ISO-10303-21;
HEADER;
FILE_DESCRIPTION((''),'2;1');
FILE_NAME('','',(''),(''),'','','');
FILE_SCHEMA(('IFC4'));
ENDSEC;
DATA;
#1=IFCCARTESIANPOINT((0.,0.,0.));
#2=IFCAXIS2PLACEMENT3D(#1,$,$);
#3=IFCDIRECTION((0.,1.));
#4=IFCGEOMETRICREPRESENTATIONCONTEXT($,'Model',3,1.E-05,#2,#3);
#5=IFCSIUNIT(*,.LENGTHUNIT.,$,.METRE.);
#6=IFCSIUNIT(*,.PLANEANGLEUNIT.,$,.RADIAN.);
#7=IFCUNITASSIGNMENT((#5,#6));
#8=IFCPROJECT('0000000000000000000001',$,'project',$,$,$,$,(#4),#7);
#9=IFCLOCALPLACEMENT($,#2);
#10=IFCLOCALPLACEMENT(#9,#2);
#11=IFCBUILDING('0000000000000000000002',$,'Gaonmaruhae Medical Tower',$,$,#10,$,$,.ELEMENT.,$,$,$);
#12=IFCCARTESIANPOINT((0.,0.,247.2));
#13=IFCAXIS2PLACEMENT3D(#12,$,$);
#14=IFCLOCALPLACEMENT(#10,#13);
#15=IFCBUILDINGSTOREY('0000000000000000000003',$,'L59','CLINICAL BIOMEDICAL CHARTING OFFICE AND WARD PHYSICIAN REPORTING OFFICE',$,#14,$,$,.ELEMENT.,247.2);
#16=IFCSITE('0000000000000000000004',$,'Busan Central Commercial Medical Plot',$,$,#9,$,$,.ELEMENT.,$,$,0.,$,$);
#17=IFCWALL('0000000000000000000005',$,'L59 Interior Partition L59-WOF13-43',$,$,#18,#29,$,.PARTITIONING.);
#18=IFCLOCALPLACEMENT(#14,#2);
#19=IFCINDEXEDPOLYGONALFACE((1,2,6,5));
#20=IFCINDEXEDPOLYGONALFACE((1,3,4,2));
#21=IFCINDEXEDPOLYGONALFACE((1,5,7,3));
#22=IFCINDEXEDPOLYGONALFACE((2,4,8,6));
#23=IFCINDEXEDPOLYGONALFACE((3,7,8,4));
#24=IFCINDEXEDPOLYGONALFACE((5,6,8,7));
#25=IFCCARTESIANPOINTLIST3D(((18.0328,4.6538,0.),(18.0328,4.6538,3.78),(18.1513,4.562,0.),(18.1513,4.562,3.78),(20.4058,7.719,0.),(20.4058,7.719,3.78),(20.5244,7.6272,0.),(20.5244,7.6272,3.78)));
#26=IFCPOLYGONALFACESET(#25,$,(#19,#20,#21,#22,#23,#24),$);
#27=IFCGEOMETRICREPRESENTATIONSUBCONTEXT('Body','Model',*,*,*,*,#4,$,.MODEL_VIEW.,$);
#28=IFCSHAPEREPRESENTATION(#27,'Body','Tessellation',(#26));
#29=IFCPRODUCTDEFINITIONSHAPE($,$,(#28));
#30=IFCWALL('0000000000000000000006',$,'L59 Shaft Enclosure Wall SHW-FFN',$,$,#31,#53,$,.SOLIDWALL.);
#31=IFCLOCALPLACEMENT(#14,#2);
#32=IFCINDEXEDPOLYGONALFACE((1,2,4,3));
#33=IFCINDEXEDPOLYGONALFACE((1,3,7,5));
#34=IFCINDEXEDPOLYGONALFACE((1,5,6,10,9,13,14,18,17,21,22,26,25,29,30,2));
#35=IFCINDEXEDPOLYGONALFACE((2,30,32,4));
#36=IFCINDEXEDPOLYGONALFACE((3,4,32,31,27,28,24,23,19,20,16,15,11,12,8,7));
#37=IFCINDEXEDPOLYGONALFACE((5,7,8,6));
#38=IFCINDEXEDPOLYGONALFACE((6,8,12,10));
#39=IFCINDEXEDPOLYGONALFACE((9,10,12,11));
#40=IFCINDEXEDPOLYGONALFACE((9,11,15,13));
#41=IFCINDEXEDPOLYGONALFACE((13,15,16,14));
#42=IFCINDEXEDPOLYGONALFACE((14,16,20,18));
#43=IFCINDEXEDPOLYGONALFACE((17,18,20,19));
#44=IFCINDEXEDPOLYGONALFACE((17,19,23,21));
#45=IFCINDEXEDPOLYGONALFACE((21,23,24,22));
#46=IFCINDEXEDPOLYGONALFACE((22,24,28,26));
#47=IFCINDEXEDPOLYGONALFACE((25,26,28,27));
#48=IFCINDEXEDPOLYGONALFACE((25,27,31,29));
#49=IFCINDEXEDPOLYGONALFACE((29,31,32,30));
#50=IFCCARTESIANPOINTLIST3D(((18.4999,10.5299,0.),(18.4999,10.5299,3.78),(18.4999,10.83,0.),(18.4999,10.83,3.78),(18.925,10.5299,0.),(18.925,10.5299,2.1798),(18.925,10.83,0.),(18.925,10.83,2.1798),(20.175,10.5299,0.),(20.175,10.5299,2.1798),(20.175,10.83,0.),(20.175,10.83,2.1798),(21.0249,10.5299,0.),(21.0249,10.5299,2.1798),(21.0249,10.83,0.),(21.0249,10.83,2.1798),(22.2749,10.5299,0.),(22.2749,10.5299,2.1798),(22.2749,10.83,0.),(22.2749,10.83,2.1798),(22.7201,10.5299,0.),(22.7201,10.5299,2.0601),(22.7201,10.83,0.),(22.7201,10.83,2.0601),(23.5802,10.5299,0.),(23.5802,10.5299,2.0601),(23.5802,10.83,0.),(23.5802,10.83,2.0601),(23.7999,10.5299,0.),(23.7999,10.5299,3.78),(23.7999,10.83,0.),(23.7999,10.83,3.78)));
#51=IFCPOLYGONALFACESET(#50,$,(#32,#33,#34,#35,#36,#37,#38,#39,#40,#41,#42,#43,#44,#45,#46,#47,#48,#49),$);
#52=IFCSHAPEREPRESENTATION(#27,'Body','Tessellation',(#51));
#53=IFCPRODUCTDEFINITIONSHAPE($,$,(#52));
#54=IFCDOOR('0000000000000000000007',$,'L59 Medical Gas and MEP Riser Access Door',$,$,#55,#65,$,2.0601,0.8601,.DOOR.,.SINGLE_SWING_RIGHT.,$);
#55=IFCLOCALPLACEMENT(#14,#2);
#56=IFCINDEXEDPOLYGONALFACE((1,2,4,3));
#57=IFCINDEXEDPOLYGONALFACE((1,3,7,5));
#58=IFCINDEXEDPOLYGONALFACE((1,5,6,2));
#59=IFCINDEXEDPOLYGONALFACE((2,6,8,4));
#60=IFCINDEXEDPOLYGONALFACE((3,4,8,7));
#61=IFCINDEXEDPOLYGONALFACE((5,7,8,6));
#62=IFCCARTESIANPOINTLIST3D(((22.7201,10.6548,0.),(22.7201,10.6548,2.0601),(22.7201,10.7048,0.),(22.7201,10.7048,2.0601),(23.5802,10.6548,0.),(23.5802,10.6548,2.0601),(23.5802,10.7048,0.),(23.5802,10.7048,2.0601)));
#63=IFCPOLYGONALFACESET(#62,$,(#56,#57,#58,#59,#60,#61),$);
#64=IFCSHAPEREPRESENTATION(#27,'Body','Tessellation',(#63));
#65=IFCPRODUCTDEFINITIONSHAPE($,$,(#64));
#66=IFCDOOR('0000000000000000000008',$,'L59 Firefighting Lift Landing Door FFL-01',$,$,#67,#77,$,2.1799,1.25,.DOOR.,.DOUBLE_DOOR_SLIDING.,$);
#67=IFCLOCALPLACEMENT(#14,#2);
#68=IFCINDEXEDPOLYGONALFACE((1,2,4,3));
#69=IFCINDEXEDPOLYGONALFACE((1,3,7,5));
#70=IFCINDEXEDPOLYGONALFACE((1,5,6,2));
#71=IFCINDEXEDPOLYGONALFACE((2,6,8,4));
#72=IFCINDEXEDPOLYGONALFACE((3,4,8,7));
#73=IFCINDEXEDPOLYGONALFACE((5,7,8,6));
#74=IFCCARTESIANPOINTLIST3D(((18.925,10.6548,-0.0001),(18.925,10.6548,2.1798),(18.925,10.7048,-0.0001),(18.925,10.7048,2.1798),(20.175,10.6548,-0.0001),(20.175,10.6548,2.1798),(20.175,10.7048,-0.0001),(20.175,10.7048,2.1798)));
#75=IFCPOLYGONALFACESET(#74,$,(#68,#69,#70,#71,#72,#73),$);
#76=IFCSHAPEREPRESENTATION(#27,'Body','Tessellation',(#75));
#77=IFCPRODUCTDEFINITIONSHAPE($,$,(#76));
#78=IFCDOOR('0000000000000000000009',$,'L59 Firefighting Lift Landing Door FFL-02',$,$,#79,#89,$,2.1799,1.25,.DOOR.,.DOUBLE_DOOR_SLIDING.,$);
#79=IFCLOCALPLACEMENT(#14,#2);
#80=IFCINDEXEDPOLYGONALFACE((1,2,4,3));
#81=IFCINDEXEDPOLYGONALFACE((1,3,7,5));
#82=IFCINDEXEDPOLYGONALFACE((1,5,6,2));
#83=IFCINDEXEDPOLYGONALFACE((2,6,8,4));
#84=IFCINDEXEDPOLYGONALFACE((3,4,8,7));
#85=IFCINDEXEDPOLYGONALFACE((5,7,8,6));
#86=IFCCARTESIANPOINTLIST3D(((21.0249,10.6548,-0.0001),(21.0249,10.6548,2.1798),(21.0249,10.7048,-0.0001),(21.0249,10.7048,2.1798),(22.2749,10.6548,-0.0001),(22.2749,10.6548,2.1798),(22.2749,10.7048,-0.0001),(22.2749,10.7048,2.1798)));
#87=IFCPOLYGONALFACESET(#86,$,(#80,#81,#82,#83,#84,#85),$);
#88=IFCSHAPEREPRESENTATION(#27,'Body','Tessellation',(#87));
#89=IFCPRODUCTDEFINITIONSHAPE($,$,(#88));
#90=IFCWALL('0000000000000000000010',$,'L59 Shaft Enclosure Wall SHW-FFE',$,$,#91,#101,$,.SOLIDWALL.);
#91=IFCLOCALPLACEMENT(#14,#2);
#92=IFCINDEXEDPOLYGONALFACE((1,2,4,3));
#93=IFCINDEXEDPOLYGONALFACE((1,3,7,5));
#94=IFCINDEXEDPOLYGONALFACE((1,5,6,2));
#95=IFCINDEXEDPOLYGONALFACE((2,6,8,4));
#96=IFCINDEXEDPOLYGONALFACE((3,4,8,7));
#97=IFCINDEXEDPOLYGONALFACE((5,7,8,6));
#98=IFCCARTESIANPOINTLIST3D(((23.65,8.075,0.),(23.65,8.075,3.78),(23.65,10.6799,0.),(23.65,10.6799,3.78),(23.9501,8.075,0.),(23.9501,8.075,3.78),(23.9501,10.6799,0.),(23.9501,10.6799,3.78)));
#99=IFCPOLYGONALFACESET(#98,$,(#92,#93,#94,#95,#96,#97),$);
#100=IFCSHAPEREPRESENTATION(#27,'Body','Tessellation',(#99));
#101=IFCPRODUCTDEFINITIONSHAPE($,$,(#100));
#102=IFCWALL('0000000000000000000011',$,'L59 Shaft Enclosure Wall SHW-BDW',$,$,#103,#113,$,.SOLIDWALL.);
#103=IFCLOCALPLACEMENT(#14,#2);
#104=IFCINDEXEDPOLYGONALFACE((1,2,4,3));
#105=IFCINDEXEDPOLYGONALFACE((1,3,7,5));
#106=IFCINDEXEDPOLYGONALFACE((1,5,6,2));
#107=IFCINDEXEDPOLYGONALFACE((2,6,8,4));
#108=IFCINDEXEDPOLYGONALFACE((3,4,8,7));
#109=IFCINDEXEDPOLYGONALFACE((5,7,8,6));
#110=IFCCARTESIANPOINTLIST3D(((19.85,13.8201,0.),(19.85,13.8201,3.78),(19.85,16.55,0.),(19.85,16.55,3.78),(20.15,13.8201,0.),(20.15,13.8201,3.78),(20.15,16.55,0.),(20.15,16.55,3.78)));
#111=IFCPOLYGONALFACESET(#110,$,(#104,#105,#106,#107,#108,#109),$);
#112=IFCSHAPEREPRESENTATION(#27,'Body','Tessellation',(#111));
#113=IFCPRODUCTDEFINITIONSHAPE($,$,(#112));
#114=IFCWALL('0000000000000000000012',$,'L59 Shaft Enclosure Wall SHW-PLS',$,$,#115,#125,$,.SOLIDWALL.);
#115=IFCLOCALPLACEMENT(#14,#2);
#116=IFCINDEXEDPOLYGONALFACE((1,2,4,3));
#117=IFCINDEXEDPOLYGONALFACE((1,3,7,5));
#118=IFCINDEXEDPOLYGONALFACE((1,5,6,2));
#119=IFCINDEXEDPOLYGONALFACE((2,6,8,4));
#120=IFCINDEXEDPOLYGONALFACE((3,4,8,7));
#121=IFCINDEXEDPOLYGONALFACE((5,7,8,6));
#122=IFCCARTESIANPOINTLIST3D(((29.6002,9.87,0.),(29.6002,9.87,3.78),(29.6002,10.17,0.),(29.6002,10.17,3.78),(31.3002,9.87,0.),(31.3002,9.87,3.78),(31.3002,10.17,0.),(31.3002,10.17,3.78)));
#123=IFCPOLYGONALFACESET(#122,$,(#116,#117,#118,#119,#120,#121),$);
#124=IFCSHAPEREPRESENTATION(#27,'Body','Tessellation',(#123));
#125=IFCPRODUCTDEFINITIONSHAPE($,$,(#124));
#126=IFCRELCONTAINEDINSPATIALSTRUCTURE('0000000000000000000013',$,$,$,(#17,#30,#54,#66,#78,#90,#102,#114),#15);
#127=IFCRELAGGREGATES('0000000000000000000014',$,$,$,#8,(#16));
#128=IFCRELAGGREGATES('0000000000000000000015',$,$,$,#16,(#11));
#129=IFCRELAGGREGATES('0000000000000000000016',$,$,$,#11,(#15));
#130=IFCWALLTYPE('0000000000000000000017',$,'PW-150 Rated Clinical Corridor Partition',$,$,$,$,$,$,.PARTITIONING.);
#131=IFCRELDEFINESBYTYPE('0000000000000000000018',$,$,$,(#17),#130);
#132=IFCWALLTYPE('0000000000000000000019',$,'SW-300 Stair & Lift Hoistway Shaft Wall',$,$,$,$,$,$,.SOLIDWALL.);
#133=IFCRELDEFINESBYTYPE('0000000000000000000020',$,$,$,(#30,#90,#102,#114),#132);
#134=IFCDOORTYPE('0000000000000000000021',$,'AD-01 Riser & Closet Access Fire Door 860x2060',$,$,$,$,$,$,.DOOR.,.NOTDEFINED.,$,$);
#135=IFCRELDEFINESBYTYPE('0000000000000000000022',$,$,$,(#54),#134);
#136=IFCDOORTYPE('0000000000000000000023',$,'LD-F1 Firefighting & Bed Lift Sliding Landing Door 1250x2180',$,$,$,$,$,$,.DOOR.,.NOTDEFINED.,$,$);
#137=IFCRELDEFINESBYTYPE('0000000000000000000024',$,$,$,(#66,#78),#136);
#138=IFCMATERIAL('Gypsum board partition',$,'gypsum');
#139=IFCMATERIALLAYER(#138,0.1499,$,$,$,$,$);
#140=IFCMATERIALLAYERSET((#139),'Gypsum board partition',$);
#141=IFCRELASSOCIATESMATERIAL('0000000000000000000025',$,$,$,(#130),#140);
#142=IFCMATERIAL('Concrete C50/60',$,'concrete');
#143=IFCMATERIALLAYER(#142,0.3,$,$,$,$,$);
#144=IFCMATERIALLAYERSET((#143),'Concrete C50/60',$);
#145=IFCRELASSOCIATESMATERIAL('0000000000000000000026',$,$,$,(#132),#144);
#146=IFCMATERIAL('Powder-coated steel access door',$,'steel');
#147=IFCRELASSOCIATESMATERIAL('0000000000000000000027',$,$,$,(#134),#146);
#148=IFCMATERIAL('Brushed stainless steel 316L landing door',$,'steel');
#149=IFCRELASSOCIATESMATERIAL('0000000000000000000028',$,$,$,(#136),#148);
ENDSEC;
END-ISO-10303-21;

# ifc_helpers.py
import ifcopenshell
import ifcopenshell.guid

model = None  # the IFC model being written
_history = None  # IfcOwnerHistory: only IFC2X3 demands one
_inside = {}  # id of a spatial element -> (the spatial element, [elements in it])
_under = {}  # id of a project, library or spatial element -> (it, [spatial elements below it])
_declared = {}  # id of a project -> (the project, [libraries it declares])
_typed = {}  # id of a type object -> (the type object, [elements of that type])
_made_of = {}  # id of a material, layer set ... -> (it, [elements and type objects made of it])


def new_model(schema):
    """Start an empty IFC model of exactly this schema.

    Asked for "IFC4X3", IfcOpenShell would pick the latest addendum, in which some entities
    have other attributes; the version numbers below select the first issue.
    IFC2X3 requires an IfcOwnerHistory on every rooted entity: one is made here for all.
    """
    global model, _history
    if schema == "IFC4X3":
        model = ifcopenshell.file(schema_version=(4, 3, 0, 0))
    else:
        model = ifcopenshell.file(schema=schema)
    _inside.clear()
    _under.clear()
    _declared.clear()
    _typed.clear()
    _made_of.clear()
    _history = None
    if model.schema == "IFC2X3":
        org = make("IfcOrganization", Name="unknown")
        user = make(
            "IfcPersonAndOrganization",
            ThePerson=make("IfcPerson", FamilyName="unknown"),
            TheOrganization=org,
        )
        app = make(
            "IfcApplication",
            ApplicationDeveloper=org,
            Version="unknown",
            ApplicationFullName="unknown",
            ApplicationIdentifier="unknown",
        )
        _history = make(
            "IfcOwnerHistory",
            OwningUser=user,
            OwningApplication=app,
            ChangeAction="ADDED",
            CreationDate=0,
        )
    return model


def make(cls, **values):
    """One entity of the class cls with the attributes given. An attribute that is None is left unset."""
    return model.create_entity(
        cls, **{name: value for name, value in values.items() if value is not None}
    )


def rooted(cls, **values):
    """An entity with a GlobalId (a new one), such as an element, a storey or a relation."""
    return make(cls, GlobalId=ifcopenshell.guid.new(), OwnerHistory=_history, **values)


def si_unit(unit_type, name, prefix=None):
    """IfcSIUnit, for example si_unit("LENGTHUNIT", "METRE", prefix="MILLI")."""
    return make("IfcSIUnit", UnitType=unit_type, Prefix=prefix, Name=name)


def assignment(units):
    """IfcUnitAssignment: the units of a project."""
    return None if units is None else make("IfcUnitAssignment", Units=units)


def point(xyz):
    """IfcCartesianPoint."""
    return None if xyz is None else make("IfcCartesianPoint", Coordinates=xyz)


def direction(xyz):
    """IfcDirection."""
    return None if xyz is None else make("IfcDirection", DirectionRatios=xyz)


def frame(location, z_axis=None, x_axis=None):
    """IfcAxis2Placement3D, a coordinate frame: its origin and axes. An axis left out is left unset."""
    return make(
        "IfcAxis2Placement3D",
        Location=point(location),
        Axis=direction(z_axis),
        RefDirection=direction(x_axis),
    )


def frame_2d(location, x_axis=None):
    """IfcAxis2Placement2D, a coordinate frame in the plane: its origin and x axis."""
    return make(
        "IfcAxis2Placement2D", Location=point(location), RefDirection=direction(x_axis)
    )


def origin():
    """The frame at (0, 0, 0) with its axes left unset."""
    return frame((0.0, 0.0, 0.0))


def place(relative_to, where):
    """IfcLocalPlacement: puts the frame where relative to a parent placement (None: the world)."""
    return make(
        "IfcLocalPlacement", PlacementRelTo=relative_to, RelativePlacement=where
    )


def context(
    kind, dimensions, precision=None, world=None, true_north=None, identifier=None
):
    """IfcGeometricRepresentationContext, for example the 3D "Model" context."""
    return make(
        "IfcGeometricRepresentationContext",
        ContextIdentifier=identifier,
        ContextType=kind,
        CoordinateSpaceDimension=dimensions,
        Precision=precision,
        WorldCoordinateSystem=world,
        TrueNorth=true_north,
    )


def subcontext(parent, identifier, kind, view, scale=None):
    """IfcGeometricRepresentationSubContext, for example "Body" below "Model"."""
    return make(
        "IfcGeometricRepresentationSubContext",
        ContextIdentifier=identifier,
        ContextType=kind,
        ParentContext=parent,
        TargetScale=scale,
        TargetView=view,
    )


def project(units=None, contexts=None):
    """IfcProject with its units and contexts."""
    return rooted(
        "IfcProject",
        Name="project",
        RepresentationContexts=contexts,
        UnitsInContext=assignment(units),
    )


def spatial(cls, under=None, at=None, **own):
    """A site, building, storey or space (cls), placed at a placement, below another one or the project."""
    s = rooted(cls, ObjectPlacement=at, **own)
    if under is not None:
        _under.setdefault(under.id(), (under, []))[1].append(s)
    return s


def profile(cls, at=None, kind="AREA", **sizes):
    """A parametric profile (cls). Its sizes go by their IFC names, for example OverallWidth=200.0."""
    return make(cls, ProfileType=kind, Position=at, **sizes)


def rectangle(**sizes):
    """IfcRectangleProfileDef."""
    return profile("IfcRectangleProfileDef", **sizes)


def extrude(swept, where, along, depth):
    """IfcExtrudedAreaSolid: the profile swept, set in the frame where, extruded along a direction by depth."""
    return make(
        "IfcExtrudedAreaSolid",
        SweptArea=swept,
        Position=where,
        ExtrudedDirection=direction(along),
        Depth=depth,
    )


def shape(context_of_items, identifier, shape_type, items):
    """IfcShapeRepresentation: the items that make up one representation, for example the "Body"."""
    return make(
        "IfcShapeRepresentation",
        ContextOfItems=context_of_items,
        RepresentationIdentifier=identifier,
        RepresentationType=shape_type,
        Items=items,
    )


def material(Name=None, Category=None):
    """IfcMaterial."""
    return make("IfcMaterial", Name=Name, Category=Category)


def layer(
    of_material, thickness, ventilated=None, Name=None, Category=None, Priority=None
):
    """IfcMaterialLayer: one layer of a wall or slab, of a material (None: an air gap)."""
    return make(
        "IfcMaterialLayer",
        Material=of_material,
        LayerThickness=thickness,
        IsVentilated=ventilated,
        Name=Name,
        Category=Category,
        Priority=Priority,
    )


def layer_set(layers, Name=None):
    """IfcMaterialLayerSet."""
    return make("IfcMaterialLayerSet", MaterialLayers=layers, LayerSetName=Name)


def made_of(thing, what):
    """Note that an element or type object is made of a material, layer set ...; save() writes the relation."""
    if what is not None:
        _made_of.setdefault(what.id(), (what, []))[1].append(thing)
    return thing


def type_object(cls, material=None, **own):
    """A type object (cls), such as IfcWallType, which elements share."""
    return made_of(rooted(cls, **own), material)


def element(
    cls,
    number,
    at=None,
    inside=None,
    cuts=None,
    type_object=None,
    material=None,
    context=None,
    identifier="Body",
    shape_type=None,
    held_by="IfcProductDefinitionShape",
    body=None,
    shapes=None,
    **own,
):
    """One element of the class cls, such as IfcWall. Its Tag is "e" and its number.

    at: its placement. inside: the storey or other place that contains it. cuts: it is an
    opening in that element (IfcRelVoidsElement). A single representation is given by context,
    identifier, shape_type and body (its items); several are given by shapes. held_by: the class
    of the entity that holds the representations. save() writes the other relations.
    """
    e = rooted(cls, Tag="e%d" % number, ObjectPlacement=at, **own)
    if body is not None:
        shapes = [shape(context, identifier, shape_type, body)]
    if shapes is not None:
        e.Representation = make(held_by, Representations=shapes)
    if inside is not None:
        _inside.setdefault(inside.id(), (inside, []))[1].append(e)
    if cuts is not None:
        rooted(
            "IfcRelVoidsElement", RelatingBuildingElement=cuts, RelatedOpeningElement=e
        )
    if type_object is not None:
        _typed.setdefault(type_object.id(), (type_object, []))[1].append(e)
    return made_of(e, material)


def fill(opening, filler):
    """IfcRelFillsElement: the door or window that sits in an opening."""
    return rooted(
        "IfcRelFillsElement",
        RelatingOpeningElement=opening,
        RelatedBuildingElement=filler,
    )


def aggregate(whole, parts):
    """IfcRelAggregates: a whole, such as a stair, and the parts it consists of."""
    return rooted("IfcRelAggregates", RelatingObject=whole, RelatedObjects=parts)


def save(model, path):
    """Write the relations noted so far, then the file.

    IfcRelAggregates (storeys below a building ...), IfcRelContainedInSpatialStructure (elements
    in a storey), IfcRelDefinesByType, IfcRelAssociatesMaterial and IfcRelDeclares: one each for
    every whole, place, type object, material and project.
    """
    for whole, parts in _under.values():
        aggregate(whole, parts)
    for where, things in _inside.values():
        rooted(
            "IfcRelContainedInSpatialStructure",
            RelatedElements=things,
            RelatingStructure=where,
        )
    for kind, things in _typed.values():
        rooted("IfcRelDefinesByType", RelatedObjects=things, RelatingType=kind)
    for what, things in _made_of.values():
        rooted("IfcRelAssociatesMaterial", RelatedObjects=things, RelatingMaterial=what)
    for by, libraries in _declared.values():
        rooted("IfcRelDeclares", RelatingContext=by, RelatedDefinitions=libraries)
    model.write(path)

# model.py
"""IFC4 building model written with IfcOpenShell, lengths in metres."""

from ifc_helpers import new_model, si_unit, direction, frame, frame_2d, origin, place, context, subcontext, project, spatial, rectangle, extrude, material, layer, layer_set, type_object, element, fill, save


model = new_model("IFC4")

# Units and contexts
model_context = context("Model", 3, precision=1e-05, world=origin(), true_north=direction((0.0, 1.0)))
body_context = subcontext(model_context, "Body", "Model", "MODEL_VIEW")
ifc_project = project(units=[si_unit("LENGTHUNIT", "METRE"), si_unit("PLANEANGLEUNIT", "RADIAN")], contexts=[model_context])

# Site, building, storey
site_placement = place(None, origin())
site = spatial("IfcSite", under=ifc_project, at=site_placement, Name="Busan Central Commercial Medical Plot", CompositionType="ELEMENT", RefElevation=0.0)
building_placement = place(site_placement, origin())
building = spatial("IfcBuilding", under=site, at=building_placement, Name="Gaonmaruhae Medical Tower", CompositionType="ELEMENT")
storey_placement = place(building_placement, frame((0.0, 0.0, 247.2)))
storey = spatial("IfcBuildingStorey", under=building, at=storey_placement, Name="L59", Description="CLINICAL BIOMEDICAL CHARTING OFFICE AND WARD PHYSICIAN REPORTING OFFICE", CompositionType="ELEMENT", Elevation=247.2)

# Shared definitions
ifc_material_1 = material(Name="Concrete C50/60", Category="concrete")

# Shared definitions
ifc_material_2 = material(Name="Gypsum board partition", Category="gypsum")
ifc_layer_1 = layer(ifc_material_2, 0.1499)
ifc_layer_set_1 = layer_set([ifc_layer_1], Name="Gypsum board partition")
wall_type_1 = type_object("IfcWallType", Name="PW-150 Rated Clinical Corridor Partition", PredefinedType="PARTITIONING", material=ifc_layer_set_1)

# Wall
wall_1_placement = place(storey_placement, frame((20.4651, 7.6731, 0.0), z_axis=(0.0, 0.0, 1.0), x_axis=(-0.612173, -0.790724, 0.0)))
element("IfcWall", 1, at=wall_1_placement, inside=storey, type_object=wall_type_1, Name="L59 Interior Partition L59-WOF13-43", PredefinedType="PARTITIONING", context=body_context, shape_type="SweptSolid", body=[
    extrude(rectangle(XDim=3.8765, YDim=0.1499, at=frame_2d((1.9382, 0.0))), origin(), (0.0, 0.0, 1.0), 3.78),
])

# Wall, openings, doors
ifc_layer_2 = layer(ifc_material_1, 0.3)
ifc_layer_set_2 = layer_set([ifc_layer_2], Name="Concrete C50/60")
wall_type_2 = type_object("IfcWallType", Name="SW-300 Stair & Lift Hoistway Shaft Wall", PredefinedType="SOLIDWALL", material=ifc_layer_set_2)
wall_2_placement = place(storey_placement, frame((18.5, 10.6799, 0.0), z_axis=(0.0, 0.0, 1.0), x_axis=(1.0, 0.0, 0.0)))
wall_2 = element("IfcWall", 2, at=wall_2_placement, inside=storey, type_object=wall_type_2, Name="L59 Shaft Enclosure Wall SHW-FFN", PredefinedType="SOLIDWALL", context=body_context, shape_type="SweptSolid", body=[
    extrude(rectangle(XDim=5.3, YDim=0.3, at=frame_2d((2.6499, 0.0))), origin(), (0.0, 0.0, 1.0), 3.78),
])
opening_1_placement = place(wall_2_placement, frame((4.22, 0.0, 0.0)))
opening_1 = element("IfcOpeningElement", 3, at=opening_1_placement, cuts=wall_2, PredefinedType="OPENING", context=body_context, shape_type="SweptSolid", body=[
    extrude(rectangle(XDim=0.8601, YDim=2.0601, at=frame_2d((0.4302, 1.03))), frame((0.0, 0.1602, 0.0), z_axis=(0.0, -1.0, 0.0), x_axis=(1.0, 0.0, 0.0)), (0.0, 0.0, 1.0), 0.3201),
])
opening_2_placement = place(wall_2_placement, frame((0.425, 0.0, 0.0)))
opening_2 = element("IfcOpeningElement", 4, at=opening_2_placement, cuts=wall_2, PredefinedType="OPENING", context=body_context, shape_type="SweptSolid", body=[
    extrude(rectangle(XDim=1.25, YDim=2.1799, at=frame_2d((0.625, 1.0898))), frame((0.0, 0.1602, 0.0), z_axis=(0.0, -1.0, 0.0), x_axis=(1.0, 0.0, 0.0)), (0.0, 0.0, 1.0), 0.3201),
])
opening_3_placement = place(wall_2_placement, frame((2.5249, 0.0, 0.0)))
opening_3 = element("IfcOpeningElement", 5, at=opening_3_placement, cuts=wall_2, PredefinedType="OPENING", context=body_context, shape_type="SweptSolid", body=[
    extrude(rectangle(XDim=1.25, YDim=2.1799, at=frame_2d((0.625, 1.0898))), frame((0.0, 0.1602, 0.0), z_axis=(0.0, -1.0, 0.0), x_axis=(1.0, 0.0, 0.0)), (0.0, 0.0, 1.0), 0.3201),
])
ifc_material_3 = material(Name="Powder-coated steel access door", Category="steel")
door_type_1 = type_object("IfcDoorType", Name="AD-01 Riser & Closet Access Fire Door 860x2060", OperationType="NOTDEFINED", PredefinedType="DOOR", material=ifc_material_3)
door_1_placement = place(opening_1_placement, origin())
door_1 = element("IfcDoor", 6, at=door_1_placement, inside=storey, type_object=door_type_1, Name="L59 Medical Gas and MEP Riser Access Door", OperationType="SINGLE_SWING_RIGHT", OverallHeight=2.0601, OverallWidth=0.8601, PredefinedType="DOOR", context=body_context, shape_type="SweptSolid", body=[
    extrude(rectangle(XDim=0.8601, YDim=2.0601, at=frame_2d((0.4302, 1.03))), frame((0.0, 0.0249, 0.0), z_axis=(0.0, -1.0, 0.0), x_axis=(1.0, 0.0, 0.0)), (0.0, 0.0, 1.0), 0.05),
])
fill(opening_1, door_1)
ifc_material_4 = material(Name="Brushed stainless steel 316L landing door", Category="steel")
door_type_2 = type_object("IfcDoorType", Name="LD-F1 Firefighting & Bed Lift Sliding Landing Door 1250x2180", OperationType="NOTDEFINED", PredefinedType="DOOR", material=ifc_material_4)
door_2_placement = place(opening_2_placement, origin())
door_2 = element("IfcDoor", 7, at=door_2_placement, inside=storey, type_object=door_type_2, Name="L59 Firefighting Lift Landing Door FFL-01", OperationType="DOUBLE_DOOR_SLIDING", OverallHeight=2.1799, OverallWidth=1.25, PredefinedType="DOOR", context=body_context, shape_type="SweptSolid", body=[
    extrude(rectangle(XDim=1.25, YDim=2.1799, at=frame_2d((0.625, 1.0898))), frame((0.0, 0.0249, 0.0), z_axis=(0.0, -1.0, 0.0), x_axis=(1.0, 0.0, 0.0)), (0.0, 0.0, 1.0), 0.05),
])
fill(opening_2, door_2)
door_3_placement = place(opening_3_placement, origin())
door_3 = element("IfcDoor", 8, at=door_3_placement, inside=storey, type_object=door_type_2, Name="L59 Firefighting Lift Landing Door FFL-02", OperationType="DOUBLE_DOOR_SLIDING", OverallHeight=2.1799, OverallWidth=1.25, PredefinedType="DOOR", context=body_context, shape_type="SweptSolid", body=[
    extrude(rectangle(XDim=1.25, YDim=2.1799, at=frame_2d((0.625, 1.0898))), frame((0.0, 0.0249, 0.0), z_axis=(0.0, -1.0, 0.0), x_axis=(1.0, 0.0, 0.0)), (0.0, 0.0, 1.0), 0.05),
])
fill(opening_3, door_3)

# Walls
wall_3_placement = place(storey_placement, frame((23.8, 8.075, 0.0), z_axis=(0.0, 0.0, 1.0), x_axis=(0.0, 1.0, 0.0)))
element("IfcWall", 9, at=wall_3_placement, inside=storey, type_object=wall_type_2, Name="L59 Shaft Enclosure Wall SHW-FFE", PredefinedType="SOLIDWALL", context=body_context, shape_type="SweptSolid", body=[
    extrude(rectangle(XDim=2.605, YDim=0.3, at=frame_2d((1.3025, 0.0))), origin(), (0.0, 0.0, 1.0), 3.78),
])
wall_4_placement = place(storey_placement, frame((20.0, 13.8201, 0.0), z_axis=(0.0, 0.0, 1.0), x_axis=(0.0, 1.0, 0.0)))
element("IfcWall", 10, at=wall_4_placement, inside=storey, type_object=wall_type_2, Name="L59 Shaft Enclosure Wall SHW-BDW", PredefinedType="SOLIDWALL", context=body_context, shape_type="SweptSolid", body=[
    extrude(rectangle(XDim=2.73, YDim=0.3, at=frame_2d((1.365, 0.0))), origin(), (0.0, 0.0, 1.0), 3.78),
])
wall_5_placement = place(storey_placement, frame((29.6001, 10.02, 0.0), z_axis=(0.0, 0.0, 1.0), x_axis=(1.0, 0.0, 0.0)))
element("IfcWall", 11, at=wall_5_placement, inside=storey, type_object=wall_type_2, Name="L59 Shaft Enclosure Wall SHW-PLS", PredefinedType="SOLIDWALL", context=body_context, shape_type="SweptSolid", body=[
    extrude(rectangle(XDim=1.7, YDim=0.3, at=frame_2d((0.8501, 0.0))), origin(), (0.0, 0.0, 1.0), 3.78),
])

save(model, "model.ifc")
